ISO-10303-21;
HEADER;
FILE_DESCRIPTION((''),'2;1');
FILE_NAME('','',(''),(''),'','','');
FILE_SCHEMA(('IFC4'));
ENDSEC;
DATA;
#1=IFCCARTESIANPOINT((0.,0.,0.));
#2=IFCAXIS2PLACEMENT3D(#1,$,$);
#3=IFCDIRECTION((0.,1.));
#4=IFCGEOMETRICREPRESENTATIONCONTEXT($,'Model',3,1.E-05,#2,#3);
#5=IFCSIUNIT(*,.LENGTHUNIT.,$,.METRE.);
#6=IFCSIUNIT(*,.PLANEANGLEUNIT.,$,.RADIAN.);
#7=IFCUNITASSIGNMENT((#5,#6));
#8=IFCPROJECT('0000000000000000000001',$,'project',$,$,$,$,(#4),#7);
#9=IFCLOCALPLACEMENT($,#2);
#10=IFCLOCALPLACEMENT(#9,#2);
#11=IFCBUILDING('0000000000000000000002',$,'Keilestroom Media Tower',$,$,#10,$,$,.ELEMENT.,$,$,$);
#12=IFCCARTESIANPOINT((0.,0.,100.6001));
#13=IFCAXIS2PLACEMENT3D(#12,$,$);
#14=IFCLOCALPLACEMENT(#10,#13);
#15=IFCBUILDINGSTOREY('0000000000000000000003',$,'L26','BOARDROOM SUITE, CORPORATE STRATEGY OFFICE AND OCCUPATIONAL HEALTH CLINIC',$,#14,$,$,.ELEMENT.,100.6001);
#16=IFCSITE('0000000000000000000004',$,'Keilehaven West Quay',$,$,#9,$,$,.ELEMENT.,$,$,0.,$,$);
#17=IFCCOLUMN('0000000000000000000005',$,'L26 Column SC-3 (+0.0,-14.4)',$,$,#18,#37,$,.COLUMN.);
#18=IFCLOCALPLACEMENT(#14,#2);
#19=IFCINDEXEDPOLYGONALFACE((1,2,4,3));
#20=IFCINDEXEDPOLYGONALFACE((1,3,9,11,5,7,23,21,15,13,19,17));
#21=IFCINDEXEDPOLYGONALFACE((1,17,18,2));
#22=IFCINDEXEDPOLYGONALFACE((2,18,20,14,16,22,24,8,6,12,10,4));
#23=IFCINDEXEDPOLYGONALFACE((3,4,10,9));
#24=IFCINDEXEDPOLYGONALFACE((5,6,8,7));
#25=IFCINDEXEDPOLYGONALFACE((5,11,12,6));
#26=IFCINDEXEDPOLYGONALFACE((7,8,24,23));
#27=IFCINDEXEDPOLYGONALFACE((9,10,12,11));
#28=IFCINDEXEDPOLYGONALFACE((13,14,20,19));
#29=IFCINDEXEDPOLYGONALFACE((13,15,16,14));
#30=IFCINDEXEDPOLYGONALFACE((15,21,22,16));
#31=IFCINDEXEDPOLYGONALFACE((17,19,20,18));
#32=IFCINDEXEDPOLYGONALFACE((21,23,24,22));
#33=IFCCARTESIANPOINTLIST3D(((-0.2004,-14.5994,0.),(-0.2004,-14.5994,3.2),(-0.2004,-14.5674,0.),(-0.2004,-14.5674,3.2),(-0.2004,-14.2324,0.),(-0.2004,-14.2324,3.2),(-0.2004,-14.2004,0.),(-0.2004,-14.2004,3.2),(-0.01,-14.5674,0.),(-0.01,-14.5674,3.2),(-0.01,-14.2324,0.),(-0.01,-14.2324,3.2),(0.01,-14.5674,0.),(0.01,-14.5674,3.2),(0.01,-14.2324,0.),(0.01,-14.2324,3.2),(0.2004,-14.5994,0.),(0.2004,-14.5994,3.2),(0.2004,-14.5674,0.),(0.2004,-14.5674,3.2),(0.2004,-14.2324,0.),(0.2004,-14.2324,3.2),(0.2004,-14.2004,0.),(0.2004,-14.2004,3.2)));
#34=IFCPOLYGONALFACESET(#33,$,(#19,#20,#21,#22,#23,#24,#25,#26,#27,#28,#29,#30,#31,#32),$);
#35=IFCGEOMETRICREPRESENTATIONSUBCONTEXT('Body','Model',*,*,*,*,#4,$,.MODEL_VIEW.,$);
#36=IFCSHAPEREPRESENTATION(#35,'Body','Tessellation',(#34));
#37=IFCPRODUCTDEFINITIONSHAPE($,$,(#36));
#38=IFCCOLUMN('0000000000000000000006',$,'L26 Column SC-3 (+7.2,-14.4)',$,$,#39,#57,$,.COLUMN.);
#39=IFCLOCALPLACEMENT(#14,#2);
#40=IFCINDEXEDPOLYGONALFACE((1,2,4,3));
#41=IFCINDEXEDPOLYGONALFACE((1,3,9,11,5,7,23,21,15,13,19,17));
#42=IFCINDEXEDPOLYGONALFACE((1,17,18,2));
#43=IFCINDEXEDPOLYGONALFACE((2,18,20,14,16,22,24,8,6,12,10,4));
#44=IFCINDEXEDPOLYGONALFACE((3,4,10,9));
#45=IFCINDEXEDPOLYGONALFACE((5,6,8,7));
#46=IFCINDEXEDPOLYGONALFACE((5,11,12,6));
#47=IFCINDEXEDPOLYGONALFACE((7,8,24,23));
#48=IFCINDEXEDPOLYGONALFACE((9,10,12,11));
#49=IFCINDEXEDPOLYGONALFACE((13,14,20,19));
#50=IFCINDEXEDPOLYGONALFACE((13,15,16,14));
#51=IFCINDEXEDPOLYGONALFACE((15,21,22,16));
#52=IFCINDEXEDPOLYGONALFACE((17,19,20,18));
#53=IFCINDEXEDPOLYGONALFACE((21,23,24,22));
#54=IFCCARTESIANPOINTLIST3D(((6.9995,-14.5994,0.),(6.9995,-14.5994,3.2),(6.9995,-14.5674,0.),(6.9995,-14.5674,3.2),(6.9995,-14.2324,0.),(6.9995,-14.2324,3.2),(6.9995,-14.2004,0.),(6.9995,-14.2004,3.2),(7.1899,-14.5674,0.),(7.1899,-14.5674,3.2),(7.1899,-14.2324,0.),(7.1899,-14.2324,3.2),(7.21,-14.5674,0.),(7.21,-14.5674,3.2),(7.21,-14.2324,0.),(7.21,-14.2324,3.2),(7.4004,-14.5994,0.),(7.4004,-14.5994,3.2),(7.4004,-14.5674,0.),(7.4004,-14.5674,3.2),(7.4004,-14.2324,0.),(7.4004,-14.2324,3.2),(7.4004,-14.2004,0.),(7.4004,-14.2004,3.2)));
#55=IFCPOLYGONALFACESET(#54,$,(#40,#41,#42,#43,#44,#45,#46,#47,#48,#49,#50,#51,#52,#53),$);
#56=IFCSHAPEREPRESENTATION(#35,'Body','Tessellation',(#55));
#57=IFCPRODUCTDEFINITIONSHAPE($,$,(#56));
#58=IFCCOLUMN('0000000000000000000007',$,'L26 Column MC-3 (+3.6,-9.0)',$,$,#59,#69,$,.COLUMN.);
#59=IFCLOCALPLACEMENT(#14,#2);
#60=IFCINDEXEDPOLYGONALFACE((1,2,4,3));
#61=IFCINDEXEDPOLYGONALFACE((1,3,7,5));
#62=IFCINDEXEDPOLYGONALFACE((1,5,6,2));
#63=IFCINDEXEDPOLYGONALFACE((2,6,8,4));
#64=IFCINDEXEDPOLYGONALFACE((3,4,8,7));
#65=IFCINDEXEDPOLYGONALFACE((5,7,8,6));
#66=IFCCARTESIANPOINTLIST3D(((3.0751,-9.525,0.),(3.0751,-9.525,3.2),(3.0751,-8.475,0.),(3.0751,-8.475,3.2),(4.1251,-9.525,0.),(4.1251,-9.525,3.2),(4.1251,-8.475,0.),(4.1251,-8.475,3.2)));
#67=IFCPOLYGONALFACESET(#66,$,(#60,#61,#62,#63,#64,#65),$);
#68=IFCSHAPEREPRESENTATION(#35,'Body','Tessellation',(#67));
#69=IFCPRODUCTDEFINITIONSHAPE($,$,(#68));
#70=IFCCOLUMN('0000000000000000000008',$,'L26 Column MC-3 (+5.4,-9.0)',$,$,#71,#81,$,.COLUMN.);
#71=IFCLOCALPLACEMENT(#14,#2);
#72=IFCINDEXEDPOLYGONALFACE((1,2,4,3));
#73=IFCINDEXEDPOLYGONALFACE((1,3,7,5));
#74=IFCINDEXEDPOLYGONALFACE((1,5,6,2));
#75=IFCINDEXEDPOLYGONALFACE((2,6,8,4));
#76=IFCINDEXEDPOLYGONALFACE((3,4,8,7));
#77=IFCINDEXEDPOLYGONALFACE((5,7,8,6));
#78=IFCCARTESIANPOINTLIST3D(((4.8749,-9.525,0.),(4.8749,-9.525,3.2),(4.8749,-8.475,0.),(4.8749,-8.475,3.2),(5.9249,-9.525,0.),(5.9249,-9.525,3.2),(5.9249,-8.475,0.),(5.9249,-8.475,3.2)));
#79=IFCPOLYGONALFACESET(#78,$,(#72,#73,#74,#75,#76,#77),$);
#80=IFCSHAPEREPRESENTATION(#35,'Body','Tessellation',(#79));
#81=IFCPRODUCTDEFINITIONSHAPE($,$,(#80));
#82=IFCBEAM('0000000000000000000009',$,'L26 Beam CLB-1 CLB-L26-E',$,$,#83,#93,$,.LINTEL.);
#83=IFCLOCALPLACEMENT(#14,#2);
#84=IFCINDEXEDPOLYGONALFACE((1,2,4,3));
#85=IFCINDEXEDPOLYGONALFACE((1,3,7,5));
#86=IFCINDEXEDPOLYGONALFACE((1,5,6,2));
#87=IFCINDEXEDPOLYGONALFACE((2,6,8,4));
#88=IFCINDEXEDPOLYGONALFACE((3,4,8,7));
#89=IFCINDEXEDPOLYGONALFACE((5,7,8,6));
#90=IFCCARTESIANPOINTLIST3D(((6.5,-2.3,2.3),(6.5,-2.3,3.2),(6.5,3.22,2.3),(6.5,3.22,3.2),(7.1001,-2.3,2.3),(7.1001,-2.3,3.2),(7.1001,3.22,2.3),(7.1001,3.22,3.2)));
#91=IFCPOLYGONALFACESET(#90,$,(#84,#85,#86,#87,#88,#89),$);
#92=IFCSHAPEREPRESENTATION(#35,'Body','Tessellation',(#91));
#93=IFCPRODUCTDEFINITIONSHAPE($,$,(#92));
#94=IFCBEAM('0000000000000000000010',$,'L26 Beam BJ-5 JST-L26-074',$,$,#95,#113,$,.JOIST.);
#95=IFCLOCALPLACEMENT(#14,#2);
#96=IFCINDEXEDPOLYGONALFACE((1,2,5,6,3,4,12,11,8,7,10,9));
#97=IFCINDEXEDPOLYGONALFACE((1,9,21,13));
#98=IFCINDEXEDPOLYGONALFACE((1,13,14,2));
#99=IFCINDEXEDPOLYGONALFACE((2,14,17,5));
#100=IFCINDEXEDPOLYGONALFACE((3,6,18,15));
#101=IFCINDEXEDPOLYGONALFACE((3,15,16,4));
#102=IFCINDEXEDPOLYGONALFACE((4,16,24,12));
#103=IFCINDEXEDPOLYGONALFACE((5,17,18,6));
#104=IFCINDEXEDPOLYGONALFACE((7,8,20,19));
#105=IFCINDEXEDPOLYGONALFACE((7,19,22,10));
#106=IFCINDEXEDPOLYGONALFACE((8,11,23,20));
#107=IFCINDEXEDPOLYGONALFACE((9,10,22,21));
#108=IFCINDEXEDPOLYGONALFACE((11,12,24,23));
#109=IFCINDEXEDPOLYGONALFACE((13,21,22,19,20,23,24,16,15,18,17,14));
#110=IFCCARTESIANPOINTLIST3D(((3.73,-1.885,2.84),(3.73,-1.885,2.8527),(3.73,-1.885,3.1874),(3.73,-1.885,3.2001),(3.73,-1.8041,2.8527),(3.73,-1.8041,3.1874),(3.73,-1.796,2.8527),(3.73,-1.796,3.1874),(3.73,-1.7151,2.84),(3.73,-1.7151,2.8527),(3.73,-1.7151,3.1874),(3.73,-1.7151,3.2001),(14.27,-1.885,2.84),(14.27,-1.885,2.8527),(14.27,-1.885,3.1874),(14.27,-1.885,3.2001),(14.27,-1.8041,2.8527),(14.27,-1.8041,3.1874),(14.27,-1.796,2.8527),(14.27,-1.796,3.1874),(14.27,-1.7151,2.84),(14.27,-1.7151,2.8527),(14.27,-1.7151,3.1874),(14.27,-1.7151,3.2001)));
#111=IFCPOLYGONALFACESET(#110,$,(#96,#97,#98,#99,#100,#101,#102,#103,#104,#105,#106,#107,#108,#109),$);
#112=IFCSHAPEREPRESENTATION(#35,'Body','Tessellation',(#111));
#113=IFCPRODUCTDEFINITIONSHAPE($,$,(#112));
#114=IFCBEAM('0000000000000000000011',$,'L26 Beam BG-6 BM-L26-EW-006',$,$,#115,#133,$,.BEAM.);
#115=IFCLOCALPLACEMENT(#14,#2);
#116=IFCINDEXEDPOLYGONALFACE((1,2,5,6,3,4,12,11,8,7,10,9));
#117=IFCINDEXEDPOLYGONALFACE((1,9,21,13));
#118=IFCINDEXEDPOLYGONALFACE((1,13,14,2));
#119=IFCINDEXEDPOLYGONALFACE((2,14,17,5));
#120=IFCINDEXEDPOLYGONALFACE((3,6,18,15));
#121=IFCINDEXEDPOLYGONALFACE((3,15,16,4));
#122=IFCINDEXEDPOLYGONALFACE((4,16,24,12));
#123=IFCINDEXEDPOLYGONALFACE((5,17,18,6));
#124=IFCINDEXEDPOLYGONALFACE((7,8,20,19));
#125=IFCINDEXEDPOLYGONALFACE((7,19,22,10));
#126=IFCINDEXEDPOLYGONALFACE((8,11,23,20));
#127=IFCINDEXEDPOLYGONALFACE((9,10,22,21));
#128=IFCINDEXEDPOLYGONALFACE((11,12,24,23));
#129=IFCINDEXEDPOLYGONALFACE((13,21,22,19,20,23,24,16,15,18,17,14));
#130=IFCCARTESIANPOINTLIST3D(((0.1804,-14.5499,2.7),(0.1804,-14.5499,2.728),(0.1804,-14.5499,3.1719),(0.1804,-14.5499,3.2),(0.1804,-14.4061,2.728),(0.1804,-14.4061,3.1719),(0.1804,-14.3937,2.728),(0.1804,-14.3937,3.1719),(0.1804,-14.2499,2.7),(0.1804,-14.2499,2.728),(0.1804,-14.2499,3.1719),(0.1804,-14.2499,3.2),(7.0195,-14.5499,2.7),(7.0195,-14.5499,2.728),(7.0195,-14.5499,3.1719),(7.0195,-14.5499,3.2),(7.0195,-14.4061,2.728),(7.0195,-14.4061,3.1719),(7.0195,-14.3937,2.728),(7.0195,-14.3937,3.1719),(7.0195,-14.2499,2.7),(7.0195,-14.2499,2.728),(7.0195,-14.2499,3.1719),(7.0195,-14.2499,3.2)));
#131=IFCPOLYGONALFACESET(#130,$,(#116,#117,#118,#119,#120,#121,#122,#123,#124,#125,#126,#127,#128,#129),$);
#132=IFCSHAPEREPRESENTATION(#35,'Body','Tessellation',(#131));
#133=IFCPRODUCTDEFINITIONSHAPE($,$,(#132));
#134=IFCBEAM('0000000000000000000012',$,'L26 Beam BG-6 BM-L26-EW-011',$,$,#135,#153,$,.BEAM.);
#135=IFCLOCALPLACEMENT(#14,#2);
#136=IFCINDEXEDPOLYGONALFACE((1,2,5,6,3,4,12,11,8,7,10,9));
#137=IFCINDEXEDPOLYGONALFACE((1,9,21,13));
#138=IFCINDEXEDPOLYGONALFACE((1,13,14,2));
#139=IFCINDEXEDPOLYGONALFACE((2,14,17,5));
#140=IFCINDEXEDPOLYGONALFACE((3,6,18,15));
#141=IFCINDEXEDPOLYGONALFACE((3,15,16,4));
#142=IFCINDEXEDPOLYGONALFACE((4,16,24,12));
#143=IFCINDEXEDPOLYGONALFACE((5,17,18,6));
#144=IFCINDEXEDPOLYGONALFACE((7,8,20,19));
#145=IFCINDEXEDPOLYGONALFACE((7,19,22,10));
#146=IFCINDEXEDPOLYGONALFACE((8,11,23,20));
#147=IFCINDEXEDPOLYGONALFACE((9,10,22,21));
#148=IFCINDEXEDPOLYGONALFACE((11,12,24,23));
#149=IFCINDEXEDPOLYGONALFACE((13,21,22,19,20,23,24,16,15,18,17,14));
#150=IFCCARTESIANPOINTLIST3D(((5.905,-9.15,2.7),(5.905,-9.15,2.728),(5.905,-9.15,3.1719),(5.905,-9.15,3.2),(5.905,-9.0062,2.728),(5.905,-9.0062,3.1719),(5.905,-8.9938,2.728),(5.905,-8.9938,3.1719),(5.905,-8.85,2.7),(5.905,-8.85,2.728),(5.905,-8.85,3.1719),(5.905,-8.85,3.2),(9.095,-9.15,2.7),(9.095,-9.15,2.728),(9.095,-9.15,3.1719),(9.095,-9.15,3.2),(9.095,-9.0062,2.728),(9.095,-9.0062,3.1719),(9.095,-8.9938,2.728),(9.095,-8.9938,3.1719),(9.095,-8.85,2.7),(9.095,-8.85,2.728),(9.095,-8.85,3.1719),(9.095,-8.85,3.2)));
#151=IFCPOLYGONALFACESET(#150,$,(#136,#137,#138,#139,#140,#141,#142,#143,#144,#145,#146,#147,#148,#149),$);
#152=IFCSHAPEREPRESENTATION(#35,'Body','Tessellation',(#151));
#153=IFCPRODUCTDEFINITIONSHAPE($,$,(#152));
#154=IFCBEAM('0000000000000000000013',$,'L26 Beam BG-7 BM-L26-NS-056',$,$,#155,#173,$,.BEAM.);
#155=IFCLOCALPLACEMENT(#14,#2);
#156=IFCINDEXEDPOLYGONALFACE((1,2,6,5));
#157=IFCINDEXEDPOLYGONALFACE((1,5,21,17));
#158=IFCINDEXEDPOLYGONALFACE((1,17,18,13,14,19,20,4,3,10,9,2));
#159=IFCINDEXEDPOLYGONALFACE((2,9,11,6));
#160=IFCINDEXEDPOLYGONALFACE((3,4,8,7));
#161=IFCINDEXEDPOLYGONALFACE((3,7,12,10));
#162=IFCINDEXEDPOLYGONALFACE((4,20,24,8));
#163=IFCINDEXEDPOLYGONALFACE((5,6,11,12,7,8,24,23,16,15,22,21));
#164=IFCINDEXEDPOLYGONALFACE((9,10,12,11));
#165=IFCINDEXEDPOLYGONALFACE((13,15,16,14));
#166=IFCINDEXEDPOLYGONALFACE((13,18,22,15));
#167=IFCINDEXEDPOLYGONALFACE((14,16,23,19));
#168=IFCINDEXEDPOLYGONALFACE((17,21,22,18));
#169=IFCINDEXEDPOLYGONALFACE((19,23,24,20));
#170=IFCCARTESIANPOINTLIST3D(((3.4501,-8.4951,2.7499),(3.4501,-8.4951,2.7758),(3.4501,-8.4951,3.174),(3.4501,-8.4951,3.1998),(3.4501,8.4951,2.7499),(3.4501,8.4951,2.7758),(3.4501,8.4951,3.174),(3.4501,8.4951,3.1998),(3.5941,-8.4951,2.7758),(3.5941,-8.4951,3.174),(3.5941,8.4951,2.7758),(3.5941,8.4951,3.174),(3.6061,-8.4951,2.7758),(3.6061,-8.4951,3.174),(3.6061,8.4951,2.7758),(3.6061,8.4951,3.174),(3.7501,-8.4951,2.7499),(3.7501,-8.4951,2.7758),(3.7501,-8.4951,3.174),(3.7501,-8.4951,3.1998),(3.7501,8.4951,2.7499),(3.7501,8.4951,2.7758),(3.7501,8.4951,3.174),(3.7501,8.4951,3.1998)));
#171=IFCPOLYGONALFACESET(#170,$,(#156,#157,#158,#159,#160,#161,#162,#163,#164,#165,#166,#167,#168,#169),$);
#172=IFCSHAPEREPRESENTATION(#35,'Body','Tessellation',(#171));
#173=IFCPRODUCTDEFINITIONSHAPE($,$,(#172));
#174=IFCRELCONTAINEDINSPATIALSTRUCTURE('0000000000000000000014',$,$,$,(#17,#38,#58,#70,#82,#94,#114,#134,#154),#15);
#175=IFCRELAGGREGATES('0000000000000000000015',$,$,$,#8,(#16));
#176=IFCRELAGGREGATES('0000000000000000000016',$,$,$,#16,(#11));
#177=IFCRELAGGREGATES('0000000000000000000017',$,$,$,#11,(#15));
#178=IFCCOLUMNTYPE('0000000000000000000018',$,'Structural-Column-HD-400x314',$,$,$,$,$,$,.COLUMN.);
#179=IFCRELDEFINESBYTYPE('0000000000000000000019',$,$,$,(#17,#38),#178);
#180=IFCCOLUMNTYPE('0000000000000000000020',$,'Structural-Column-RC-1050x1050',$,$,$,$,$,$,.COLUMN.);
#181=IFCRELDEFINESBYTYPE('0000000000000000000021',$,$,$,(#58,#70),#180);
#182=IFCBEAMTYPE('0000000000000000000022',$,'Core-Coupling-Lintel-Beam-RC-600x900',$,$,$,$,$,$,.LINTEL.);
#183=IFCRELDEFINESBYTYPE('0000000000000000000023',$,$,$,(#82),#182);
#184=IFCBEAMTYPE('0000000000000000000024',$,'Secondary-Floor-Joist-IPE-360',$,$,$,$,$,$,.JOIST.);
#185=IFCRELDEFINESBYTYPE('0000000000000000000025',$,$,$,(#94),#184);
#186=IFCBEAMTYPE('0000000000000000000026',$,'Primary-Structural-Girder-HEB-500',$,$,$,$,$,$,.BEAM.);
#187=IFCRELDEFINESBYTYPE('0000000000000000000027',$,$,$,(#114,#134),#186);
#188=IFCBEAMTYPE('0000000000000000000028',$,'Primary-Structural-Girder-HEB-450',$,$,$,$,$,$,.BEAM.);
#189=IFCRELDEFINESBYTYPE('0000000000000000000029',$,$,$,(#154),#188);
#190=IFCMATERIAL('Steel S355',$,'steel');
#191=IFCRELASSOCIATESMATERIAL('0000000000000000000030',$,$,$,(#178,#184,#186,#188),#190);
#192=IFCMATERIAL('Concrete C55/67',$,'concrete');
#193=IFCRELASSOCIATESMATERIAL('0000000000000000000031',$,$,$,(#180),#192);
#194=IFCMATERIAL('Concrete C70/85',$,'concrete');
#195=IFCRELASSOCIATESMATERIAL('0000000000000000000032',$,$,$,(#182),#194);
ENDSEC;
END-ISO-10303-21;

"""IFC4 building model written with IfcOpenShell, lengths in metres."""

from ifc_helpers import new_model, si_unit, direction, frame, origin, origin_2d, place, context, subcontext, project, spatial, rectangle, i_section, extrude, source, transform, mapped, material, material_profile, profile_set, type_object, element, save


model = new_model("IFC4")

# Units and contexts
model_context = context("Model", 3, precision=1e-05, world=origin(), true_north=direction((0.0, 1.0)))
body_context = subcontext(model_context, "Body", "Model", "MODEL_VIEW")
ifc_project = project(units=[si_unit("LENGTHUNIT", "METRE"), si_unit("PLANEANGLEUNIT", "RADIAN")], contexts=[model_context])

# Site, building, storey
site_placement = place(None, origin())
site = spatial("IfcSite", under=ifc_project, at=site_placement, Name="Keilehaven West Quay", CompositionType="ELEMENT", RefElevation=0.0)
building_placement = place(site_placement, origin())
building = spatial("IfcBuilding", under=site, at=building_placement, Name="Keilestroom Media Tower", CompositionType="ELEMENT")
storey_placement = place(building_placement, frame((0.0, 0.0, 100.6001)))
storey = spatial("IfcBuildingStorey", under=building, at=storey_placement, Name="L26", Description="BOARDROOM SUITE, CORPORATE STRATEGY OFFICE AND OCCUPATIONAL HEALTH CLINIC", CompositionType="ELEMENT", Elevation=100.6001)

# Columns
ifc_material_1 = material(Name="Steel S355", Category="steel")
ifc_material_profile_1 = material_profile(ifc_material_1, i_section(OverallWidth=0.4009, OverallDepth=0.3989, WebThickness=0.02, FlangeThickness=0.032, at=origin_2d()), Name="HD 400x314")
ifc_profile_set_1 = profile_set([ifc_material_profile_1], Name="Steel S355")
column_type_1 = type_object("IfcColumnType", Name="Structural-Column-HD-400x314", PredefinedType="COLUMN", material=ifc_profile_set_1)
shared_shape_1 = source(origin(), body_context, "Body", "SweptSolid", [
    extrude(i_section(OverallWidth=0.4009, OverallDepth=0.3989, WebThickness=0.02, FlangeThickness=0.032, at=origin_2d()), origin(), (0.0, 0.0, 1.0), 3.2),
])
for number, where, z_axis, x_axis, name in (
    (1, (0.0, -14.3999, 0.0), (0.0, 0.0, 1.0), (1.0, 0.0, 0.0), "L26 Column SC-3 (+0.0,-14.4)"),
    (2, (7.2, -14.3999, 0.0), (0.0, 0.0, 1.0), (1.0, 0.0, 0.0), "L26 Column SC-3 (+7.2,-14.4)"),
):
    element("IfcColumn", number, at=place(storey_placement, frame(where, z_axis=z_axis, x_axis=x_axis)), inside=storey, type_object=column_type_1, Name=name, PredefinedType="COLUMN", context=body_context, shape_type="MappedRepresentation", body=[
        mapped(shared_shape_1, transform((0.0, 0.0, 0.0), x_axis=(1.0, 0.0, 0.0), y_axis=(0.0, 1.0, 0.0), z_axis=(0.0, 0.0, 1.0), scale=1.0)),
    ])
ifc_material_2 = material(Name="Concrete C55/67", Category="concrete")
ifc_material_profile_2 = material_profile(ifc_material_2, rectangle(XDim=1.05, YDim=1.05, at=origin_2d()), Name="RC 1050x1050")
ifc_profile_set_2 = profile_set([ifc_material_profile_2], Name="Concrete C55/67")
column_type_2 = type_object("IfcColumnType", Name="Structural-Column-RC-1050x1050", PredefinedType="COLUMN", material=ifc_profile_set_2)
shared_shape_2 = source(origin(), body_context, "Body", "SweptSolid", [
    extrude(rectangle(XDim=1.05, YDim=1.05, at=origin_2d()), origin(), (0.0, 0.0, 1.0), 3.2),
])
for number, where, z_axis, x_axis, name in (
    (3, (3.6001, -9.0, 0.0), (0.0, 0.0, 1.0), (1.0, 0.0, 0.0), "L26 Column MC-3 (+3.6,-9.0)"),
    (4, (5.3999, -9.0, 0.0), (0.0, 0.0, 1.0), (1.0, 0.0, 0.0), "L26 Column MC-3 (+5.4,-9.0)"),
):
    element("IfcColumn", number, at=place(storey_placement, frame(where, z_axis=z_axis, x_axis=x_axis)), inside=storey, type_object=column_type_2, Name=name, PredefinedType="COLUMN", context=body_context, shape_type="MappedRepresentation", body=[
        mapped(shared_shape_2, transform((0.0, 0.0, 0.0), x_axis=(1.0, 0.0, 0.0), y_axis=(0.0, 1.0, 0.0), z_axis=(0.0, 0.0, 1.0), scale=1.0)),
    ])

# Beams
ifc_material_3 = material(Name="Concrete C70/85", Category="concrete")
ifc_material_profile_3 = material_profile(ifc_material_3, rectangle(XDim=0.6001, YDim=0.8999, at=origin_2d()), Name="RC 600x900")
ifc_profile_set_3 = profile_set([ifc_material_profile_3], Name="Concrete C70/85")
beam_type_1 = type_object("IfcBeamType", Name="Core-Coupling-Lintel-Beam-RC-600x900", PredefinedType="LINTEL", material=ifc_profile_set_3)
shared_shape_3 = source(origin(), body_context, "Body", "SweptSolid", [
    extrude(rectangle(XDim=0.6001, YDim=0.8999, at=origin_2d()), origin(), (0.0, 0.0, 1.0), 5.52),
])
beam_1_placement = place(storey_placement, frame((6.8, -2.3, 2.75), z_axis=(0.0, 1.0, 0.0), x_axis=(-1.0, 0.0, 0.0)))
element("IfcBeam", 5, at=beam_1_placement, inside=storey, type_object=beam_type_1, Name="L26 Beam CLB-1 CLB-L26-E", PredefinedType="LINTEL", context=body_context, shape_type="MappedRepresentation", body=[
    mapped(shared_shape_3, transform((0.0, 0.0, 0.0), x_axis=(1.0, 0.0, 0.0), y_axis=(0.0, 1.0, 0.0), z_axis=(0.0, 0.0, 1.0), scale=1.0)),
])
ifc_material_profile_4 = material_profile(ifc_material_1, i_section(OverallWidth=0.1699, OverallDepth=0.3601, WebThickness=0.0081, FlangeThickness=0.0127, at=origin_2d()), Name="IPE 360")
ifc_profile_set_4 = profile_set([ifc_material_profile_4], Name="Steel S355")
beam_type_2 = type_object("IfcBeamType", Name="Secondary-Floor-Joist-IPE-360", PredefinedType="JOIST", material=ifc_profile_set_4)
shared_shape_4 = source(origin(), body_context, "Body", "SweptSolid", [
    extrude(i_section(OverallWidth=0.1699, OverallDepth=0.3601, WebThickness=0.0081, FlangeThickness=0.0127, at=origin_2d()), origin(), (0.0, 0.0, 1.0), 10.54),
])
beam_2_placement = place(storey_placement, frame((3.73, -1.8, 3.02), z_axis=(1.0, 0.0, 0.0), x_axis=(0.0, 1.0, 0.0)))
element("IfcBeam", 6, at=beam_2_placement, inside=storey, type_object=beam_type_2, Name="L26 Beam BJ-5 JST-L26-074", PredefinedType="JOIST", context=body_context, shape_type="MappedRepresentation", body=[
    mapped(shared_shape_4, transform((0.0, 0.0, 0.0), x_axis=(1.0, 0.0, 0.0), y_axis=(0.0, 1.0, 0.0), z_axis=(0.0, 0.0, 1.0), scale=1.0)),
])
ifc_material_profile_5 = material_profile(ifc_material_1, i_section(OverallWidth=0.3, OverallDepth=0.5, WebThickness=0.0125, FlangeThickness=0.0281, at=origin_2d()), Name="HEB 500")
ifc_profile_set_5 = profile_set([ifc_material_profile_5], Name="Steel S355")
beam_type_3 = type_object("IfcBeamType", Name="Primary-Structural-Girder-HEB-500", PredefinedType="BEAM", material=ifc_profile_set_5)
shared_shape_5 = source(origin(), body_context, "Body", "SweptSolid", [
    extrude(i_section(OverallWidth=0.3, OverallDepth=0.5, WebThickness=0.0125, FlangeThickness=0.0281, at=origin_2d()), origin(), (0.0, 0.0, 1.0), 6.8391),
])
beam_3_placement = place(storey_placement, frame((0.1804, -14.3999, 2.95), z_axis=(1.0, 0.0, 0.0), x_axis=(0.0, 1.0, 0.0)))
element("IfcBeam", 7, at=beam_3_placement, inside=storey, type_object=beam_type_3, Name="L26 Beam BG-6 BM-L26-EW-006", PredefinedType="BEAM", context=body_context, shape_type="MappedRepresentation", body=[
    mapped(shared_shape_5, transform((0.0, 0.0, 0.0), x_axis=(1.0, 0.0, 0.0), y_axis=(0.0, 1.0, 0.0), z_axis=(0.0, 0.0, 1.0), scale=1.0)),
])
shared_shape_6 = source(origin(), body_context, "Body", "SweptSolid", [
    extrude(i_section(OverallWidth=0.3, OverallDepth=0.5, WebThickness=0.0125, FlangeThickness=0.0281, at=origin_2d()), origin(), (0.0, 0.0, 1.0), 3.1899),
])
beam_4_placement = place(storey_placement, frame((5.905, -9.0, 2.95), z_axis=(1.0, 0.0, 0.0), x_axis=(0.0, 1.0, 0.0)))
element("IfcBeam", 8, at=beam_4_placement, inside=storey, type_object=beam_type_3, Name="L26 Beam BG-6 BM-L26-EW-011", PredefinedType="BEAM", context=body_context, shape_type="MappedRepresentation", body=[
    mapped(shared_shape_6, transform((0.0, 0.0, 0.0), x_axis=(1.0, 0.0, 0.0), y_axis=(0.0, 1.0, 0.0), z_axis=(0.0, 0.0, 1.0), scale=1.0)),
])
ifc_material_profile_6 = material_profile(ifc_material_1, i_section(OverallWidth=0.3, OverallDepth=0.45, WebThickness=0.012, FlangeThickness=0.0259, at=origin_2d()), Name="HEB 450")
ifc_profile_set_6 = profile_set([ifc_material_profile_6], Name="Steel S355")
beam_type_4 = type_object("IfcBeamType", Name="Primary-Structural-Girder-HEB-450", PredefinedType="BEAM", material=ifc_profile_set_6)
shared_shape_7 = source(origin(), body_context, "Body", "SweptSolid", [
    extrude(i_section(OverallWidth=0.3, OverallDepth=0.45, WebThickness=0.012, FlangeThickness=0.0259, at=origin_2d()), origin(), (0.0, 0.0, 1.0), 16.9902),
])
beam_5_placement = place(storey_placement, frame((3.6001, -8.4951, 2.9749), z_axis=(0.0, 1.0, 0.0), x_axis=(-1.0, 0.0, 0.0)))
element("IfcBeam", 9, at=beam_5_placement, inside=storey, type_object=beam_type_4, Name="L26 Beam BG-7 BM-L26-NS-056", PredefinedType="BEAM", context=body_context, shape_type="MappedRepresentation", body=[
    mapped(shared_shape_7, transform((0.0, 0.0, 0.0), x_axis=(1.0, 0.0, 0.0), y_axis=(0.0, 1.0, 0.0), z_axis=(0.0, 0.0, 1.0), scale=1.0)),
])

save(model, "model.ifc")
